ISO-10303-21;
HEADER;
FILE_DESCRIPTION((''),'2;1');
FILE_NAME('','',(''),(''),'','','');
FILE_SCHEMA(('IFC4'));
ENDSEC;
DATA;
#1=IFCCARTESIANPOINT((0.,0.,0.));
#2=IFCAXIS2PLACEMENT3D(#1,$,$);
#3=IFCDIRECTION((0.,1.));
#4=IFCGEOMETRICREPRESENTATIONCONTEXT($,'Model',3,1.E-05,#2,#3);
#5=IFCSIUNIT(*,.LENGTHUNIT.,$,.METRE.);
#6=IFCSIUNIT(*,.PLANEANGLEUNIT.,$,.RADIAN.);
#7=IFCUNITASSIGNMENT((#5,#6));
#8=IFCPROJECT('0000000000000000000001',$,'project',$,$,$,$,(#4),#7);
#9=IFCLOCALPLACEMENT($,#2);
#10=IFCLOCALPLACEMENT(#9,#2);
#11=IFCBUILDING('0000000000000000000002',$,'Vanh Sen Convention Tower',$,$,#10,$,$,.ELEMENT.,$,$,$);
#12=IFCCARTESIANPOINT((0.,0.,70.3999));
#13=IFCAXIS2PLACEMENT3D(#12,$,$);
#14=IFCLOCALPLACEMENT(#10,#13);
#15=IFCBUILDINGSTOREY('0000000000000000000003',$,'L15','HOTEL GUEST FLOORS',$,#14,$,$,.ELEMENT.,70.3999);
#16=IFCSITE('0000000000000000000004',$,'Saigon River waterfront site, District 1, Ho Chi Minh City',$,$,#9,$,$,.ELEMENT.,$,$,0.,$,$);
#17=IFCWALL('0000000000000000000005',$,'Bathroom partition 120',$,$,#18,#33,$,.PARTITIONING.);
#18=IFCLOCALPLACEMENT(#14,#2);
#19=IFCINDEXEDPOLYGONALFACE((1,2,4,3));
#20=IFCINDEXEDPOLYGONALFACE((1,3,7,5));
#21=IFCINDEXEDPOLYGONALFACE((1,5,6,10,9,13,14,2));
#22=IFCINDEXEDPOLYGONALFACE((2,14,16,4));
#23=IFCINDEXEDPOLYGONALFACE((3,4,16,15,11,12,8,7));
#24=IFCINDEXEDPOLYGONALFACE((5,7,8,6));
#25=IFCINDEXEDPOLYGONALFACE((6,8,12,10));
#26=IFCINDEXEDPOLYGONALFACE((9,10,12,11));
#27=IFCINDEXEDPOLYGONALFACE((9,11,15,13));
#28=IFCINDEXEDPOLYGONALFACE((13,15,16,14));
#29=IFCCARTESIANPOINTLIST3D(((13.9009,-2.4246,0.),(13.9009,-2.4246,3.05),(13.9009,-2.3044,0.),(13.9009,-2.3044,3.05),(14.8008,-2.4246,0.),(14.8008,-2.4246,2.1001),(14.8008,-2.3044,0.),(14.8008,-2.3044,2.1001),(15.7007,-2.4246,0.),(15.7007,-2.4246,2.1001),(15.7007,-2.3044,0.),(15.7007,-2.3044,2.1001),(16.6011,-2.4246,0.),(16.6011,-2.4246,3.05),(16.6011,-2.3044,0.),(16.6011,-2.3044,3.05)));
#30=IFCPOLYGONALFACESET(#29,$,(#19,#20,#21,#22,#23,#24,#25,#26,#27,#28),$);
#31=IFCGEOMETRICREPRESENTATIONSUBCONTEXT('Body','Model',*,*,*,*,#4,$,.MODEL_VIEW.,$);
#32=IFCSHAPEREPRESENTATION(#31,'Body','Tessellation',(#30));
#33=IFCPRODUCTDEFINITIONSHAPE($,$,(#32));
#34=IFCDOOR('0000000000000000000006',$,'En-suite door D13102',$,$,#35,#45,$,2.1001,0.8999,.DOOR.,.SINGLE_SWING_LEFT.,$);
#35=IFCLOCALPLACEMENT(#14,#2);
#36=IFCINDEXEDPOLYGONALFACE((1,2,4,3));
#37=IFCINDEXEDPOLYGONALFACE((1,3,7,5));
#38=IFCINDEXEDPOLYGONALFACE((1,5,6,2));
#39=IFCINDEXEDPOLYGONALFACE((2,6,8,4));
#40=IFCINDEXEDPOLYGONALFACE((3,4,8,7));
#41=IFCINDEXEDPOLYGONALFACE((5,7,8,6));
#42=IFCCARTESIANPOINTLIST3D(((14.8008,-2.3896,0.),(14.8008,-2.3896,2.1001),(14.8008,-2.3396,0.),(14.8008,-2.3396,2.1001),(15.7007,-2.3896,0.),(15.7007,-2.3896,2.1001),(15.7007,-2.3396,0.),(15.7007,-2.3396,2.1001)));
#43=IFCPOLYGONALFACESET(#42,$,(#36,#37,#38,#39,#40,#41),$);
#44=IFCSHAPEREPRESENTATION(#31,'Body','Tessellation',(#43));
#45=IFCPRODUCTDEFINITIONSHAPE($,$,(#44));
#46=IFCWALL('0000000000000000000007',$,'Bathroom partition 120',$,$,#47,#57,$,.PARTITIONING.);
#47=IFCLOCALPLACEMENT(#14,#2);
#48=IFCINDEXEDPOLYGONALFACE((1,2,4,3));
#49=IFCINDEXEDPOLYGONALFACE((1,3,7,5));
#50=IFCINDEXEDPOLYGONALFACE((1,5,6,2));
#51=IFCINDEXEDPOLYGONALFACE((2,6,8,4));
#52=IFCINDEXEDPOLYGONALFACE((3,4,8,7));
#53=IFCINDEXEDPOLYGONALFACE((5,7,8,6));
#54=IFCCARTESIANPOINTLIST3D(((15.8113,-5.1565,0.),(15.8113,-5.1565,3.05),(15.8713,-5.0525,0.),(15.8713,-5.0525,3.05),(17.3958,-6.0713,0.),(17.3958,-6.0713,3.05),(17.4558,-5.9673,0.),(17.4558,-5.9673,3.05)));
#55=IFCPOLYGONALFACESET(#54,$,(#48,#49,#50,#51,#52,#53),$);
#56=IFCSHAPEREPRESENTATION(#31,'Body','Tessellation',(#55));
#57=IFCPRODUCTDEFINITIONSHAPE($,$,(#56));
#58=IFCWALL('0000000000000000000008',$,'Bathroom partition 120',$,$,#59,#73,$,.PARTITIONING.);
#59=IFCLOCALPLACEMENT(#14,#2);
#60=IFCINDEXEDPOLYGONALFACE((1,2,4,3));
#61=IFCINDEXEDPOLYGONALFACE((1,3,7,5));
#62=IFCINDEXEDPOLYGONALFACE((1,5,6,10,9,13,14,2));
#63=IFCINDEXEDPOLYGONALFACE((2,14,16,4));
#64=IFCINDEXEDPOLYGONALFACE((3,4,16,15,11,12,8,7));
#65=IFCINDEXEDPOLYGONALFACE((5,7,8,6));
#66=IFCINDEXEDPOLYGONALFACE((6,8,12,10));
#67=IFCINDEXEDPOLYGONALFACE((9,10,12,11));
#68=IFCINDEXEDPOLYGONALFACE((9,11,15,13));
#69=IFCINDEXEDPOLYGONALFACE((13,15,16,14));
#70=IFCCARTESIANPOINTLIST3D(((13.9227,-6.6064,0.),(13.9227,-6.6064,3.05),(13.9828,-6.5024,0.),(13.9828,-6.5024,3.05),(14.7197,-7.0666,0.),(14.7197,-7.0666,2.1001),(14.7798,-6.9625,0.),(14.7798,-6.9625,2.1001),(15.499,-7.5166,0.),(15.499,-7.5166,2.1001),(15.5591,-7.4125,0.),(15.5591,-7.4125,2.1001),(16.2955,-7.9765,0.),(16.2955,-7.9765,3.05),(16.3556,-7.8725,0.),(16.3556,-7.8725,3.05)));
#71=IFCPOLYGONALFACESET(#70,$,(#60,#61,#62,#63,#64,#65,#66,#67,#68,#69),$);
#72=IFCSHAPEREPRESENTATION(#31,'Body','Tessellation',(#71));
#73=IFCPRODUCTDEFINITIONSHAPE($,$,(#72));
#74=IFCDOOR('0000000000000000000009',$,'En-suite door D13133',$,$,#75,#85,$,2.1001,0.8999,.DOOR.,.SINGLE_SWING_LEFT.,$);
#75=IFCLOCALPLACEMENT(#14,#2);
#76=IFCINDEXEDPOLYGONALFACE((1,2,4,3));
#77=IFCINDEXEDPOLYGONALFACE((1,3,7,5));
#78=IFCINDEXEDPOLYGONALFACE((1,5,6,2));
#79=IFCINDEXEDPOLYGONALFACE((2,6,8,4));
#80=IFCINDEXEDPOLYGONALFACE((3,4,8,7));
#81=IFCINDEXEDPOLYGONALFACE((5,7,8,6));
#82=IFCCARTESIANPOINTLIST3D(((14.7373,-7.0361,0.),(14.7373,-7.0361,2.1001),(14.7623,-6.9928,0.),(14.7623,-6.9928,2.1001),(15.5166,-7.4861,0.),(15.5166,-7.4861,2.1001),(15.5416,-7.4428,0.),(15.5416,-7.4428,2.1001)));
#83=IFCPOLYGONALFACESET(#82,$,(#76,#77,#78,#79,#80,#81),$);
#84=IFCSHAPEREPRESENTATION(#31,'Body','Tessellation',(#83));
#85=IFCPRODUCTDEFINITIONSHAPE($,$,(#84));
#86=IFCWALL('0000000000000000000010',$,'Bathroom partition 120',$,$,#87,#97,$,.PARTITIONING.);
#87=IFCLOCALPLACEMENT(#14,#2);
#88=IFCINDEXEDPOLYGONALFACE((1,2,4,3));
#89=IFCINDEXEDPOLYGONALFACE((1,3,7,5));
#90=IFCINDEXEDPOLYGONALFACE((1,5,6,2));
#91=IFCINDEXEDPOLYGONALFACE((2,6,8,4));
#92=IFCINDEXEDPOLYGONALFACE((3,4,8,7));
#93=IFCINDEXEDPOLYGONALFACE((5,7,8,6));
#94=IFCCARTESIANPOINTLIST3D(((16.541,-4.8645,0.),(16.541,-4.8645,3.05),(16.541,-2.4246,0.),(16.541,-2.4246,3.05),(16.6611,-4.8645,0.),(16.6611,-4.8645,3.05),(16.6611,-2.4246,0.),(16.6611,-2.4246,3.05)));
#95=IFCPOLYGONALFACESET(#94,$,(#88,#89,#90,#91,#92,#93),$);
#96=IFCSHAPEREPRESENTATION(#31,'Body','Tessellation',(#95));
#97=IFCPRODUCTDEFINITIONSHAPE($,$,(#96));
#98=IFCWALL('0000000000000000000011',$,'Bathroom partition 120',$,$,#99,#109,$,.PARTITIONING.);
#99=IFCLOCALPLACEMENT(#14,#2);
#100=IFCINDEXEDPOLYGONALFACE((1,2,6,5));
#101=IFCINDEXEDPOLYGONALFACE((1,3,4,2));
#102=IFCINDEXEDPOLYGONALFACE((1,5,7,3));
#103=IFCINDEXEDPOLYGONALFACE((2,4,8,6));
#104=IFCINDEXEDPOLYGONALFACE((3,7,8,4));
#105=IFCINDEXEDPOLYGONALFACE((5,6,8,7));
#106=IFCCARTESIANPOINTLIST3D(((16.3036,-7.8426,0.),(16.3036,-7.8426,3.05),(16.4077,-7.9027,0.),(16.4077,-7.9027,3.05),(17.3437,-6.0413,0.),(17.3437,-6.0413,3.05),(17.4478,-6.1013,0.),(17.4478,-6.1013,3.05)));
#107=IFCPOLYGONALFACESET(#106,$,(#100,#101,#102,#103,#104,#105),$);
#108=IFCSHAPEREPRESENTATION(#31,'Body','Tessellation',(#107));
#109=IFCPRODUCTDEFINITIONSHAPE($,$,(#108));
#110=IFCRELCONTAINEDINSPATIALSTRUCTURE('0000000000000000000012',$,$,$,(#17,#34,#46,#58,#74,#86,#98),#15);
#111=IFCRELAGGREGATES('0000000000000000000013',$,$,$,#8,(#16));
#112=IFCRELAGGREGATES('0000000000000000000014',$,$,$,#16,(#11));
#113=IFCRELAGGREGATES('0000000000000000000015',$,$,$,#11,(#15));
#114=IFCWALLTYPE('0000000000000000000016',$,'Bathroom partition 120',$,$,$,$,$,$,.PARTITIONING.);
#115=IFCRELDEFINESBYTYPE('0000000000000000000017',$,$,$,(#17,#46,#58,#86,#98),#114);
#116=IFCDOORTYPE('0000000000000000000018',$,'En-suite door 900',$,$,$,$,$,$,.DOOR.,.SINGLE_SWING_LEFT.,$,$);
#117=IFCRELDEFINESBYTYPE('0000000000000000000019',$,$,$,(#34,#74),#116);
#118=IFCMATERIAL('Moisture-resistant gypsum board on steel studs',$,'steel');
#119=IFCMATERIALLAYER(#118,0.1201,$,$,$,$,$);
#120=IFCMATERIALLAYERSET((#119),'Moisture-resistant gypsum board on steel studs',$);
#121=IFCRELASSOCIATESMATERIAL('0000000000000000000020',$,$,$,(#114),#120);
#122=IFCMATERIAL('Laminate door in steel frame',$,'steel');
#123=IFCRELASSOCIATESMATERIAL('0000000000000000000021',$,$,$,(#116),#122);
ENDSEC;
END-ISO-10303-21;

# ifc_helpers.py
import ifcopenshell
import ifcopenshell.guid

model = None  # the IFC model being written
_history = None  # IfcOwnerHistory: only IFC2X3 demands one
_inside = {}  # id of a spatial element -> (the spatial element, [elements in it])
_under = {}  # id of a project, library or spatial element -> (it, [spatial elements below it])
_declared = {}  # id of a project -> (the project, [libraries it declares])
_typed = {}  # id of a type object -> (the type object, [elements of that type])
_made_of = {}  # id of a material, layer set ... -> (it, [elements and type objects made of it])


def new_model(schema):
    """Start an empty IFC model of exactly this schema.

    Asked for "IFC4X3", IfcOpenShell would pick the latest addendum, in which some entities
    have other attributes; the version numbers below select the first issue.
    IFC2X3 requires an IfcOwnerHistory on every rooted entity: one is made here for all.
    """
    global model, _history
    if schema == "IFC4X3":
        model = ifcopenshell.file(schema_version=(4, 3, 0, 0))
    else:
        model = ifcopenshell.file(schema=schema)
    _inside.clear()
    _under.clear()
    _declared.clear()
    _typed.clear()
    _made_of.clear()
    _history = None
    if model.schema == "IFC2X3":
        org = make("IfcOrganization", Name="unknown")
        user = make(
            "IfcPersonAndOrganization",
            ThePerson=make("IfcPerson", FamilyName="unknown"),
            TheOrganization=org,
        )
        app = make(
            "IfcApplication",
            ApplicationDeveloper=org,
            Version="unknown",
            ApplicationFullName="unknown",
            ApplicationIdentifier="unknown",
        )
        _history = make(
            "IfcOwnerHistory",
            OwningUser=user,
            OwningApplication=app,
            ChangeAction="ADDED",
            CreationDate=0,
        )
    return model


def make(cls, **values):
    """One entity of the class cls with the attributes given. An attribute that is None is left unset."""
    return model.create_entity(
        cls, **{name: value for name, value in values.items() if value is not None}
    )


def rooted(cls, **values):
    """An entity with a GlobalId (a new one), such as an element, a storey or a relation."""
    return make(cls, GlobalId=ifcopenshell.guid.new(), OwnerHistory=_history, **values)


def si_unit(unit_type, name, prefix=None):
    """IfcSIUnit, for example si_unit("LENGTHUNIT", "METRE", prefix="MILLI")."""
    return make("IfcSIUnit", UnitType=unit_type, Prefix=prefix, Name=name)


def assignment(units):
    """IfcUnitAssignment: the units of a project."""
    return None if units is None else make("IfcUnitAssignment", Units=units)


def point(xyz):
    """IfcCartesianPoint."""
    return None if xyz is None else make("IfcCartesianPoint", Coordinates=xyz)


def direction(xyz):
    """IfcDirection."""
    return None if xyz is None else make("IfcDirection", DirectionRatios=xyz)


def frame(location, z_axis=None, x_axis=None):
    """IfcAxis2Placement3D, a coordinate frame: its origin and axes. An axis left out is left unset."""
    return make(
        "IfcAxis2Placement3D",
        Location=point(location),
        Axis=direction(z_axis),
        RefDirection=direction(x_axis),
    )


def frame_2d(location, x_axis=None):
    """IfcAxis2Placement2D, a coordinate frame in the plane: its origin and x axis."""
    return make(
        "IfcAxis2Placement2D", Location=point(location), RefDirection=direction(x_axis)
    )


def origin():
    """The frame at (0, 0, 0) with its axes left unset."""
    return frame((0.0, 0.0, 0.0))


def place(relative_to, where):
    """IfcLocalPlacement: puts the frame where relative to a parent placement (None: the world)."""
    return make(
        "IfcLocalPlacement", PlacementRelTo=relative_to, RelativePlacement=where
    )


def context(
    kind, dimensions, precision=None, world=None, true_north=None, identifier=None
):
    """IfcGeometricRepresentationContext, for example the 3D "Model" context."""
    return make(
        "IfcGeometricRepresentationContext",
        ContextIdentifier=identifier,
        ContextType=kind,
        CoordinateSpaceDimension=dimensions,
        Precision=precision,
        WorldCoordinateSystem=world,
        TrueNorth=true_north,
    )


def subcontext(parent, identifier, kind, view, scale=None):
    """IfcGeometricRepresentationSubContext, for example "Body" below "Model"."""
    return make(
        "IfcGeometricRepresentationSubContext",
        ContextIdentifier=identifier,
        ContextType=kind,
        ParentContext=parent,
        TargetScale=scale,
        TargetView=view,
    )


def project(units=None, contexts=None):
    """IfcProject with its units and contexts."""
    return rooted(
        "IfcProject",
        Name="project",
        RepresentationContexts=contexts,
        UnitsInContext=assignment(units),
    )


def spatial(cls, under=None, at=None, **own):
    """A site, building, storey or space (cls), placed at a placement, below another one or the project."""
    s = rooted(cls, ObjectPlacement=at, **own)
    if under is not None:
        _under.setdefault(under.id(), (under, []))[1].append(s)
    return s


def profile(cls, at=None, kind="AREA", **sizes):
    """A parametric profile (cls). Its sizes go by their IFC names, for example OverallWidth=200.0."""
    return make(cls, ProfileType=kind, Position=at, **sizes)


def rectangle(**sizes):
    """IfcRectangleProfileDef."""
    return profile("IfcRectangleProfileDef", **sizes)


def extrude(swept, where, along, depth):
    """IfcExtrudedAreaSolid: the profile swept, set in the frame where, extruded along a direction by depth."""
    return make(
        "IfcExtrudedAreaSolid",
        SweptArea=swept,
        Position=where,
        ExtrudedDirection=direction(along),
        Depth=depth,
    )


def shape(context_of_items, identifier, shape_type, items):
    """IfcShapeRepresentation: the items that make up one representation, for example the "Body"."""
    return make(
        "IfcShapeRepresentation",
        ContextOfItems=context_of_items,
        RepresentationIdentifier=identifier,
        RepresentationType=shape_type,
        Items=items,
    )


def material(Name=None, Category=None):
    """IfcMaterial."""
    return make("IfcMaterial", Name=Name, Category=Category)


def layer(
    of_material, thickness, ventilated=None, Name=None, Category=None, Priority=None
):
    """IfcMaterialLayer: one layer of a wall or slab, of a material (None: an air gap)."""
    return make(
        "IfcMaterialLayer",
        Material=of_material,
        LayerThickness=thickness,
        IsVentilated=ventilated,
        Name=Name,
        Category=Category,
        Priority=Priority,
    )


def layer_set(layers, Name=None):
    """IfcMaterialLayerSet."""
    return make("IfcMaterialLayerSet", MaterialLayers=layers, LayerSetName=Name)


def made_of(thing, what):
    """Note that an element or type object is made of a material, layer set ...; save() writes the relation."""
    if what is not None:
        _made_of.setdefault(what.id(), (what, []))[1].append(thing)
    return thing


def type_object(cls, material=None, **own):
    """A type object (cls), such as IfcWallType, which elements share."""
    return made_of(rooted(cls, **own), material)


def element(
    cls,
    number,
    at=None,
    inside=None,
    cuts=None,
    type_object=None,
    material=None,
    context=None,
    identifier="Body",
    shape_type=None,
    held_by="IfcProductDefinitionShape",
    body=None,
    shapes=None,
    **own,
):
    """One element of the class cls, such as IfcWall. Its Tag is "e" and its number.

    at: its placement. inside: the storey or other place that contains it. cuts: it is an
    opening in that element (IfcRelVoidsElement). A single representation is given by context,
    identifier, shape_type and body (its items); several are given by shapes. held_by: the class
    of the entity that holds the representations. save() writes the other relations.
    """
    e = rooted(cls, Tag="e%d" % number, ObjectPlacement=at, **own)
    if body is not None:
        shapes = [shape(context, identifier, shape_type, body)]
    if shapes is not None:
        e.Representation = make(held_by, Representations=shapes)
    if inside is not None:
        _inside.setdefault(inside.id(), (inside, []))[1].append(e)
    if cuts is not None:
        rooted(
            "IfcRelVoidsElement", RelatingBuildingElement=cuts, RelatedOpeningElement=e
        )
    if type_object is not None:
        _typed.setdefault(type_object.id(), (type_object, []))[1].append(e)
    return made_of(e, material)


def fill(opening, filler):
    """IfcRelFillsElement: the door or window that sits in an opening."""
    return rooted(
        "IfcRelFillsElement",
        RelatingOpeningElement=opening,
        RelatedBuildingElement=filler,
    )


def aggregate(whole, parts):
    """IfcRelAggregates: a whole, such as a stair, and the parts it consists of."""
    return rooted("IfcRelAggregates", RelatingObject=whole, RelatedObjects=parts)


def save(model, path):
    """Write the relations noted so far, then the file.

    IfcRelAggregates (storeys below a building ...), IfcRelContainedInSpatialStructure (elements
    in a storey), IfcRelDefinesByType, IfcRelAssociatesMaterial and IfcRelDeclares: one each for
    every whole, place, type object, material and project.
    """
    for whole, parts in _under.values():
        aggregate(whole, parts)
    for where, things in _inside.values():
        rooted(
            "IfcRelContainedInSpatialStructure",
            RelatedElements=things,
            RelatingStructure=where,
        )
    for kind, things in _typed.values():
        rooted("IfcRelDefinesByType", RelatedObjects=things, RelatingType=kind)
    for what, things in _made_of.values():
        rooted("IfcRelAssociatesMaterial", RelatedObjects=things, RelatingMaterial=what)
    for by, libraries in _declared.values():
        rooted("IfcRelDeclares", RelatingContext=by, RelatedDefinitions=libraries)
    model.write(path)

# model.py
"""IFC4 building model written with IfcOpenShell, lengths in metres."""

from ifc_helpers import new_model, si_unit, direction, frame, frame_2d, origin, place, context, subcontext, project, spatial, rectangle, extrude, material, layer, layer_set, type_object, element, fill, save


model = new_model("IFC4")

# Units and contexts
model_context = context("Model", 3, precision=1e-05, world=origin(), true_north=direction((0.0, 1.0)))
body_context = subcontext(model_context, "Body", "Model", "MODEL_VIEW")
ifc_project = project(units=[si_unit("LENGTHUNIT", "METRE"), si_unit("PLANEANGLEUNIT", "RADIAN")], contexts=[model_context])

# Site, building, storey
site_placement = place(None, origin())
site = spatial("IfcSite", under=ifc_project, at=site_placement, Name="Saigon River waterfront site, District 1, Ho Chi Minh City", CompositionType="ELEMENT", RefElevation=0.0)
building_placement = place(site_placement, origin())
building = spatial("IfcBuilding", under=site, at=building_placement, Name="Vanh Sen Convention Tower", CompositionType="ELEMENT")
storey_placement = place(building_placement, frame((0.0, 0.0, 70.3999)))
storey = spatial("IfcBuildingStorey", under=building, at=storey_placement, Name="L15", Description="HOTEL GUEST FLOORS", CompositionType="ELEMENT", Elevation=70.3999)

# Wall, opening, door
ifc_material_1 = material(Name="Moisture-resistant gypsum board on steel studs", Category="steel")
ifc_layer_1 = layer(ifc_material_1, 0.1201)
ifc_layer_set_1 = layer_set([ifc_layer_1], Name="Moisture-resistant gypsum board on steel studs")
wall_type_1 = type_object("IfcWallType", Name="Bathroom partition 120", PredefinedType="PARTITIONING", material=ifc_layer_set_1)
wall_1_placement = place(storey_placement, frame((13.9009, -2.3645, 0.0), z_axis=(0.0, 0.0, 1.0), x_axis=(1.0, 0.0, 0.0)))
wall_1 = element("IfcWall", 1, at=wall_1_placement, inside=storey, type_object=wall_type_1, Name="Bathroom partition 120", PredefinedType="PARTITIONING", context=body_context, shape_type="SweptSolid", body=[
    extrude(rectangle(XDim=2.7002, YDim=0.1201, at=frame_2d((1.3501, 0.0))), origin(), (0.0, 0.0, 1.0), 3.05),
])
opening_1_placement = place(wall_1_placement, frame((0.8999, 0.0, 0.0)))
opening_1 = element("IfcOpeningElement", 2, at=opening_1_placement, cuts=wall_1, PredefinedType="OPENING", context=body_context, shape_type="SweptSolid", body=[
    extrude(rectangle(XDim=0.8999, YDim=2.1001, at=frame_2d((0.45, 1.05))), frame((0.0, 0.0701, 0.0), z_axis=(0.0, -1.0, 0.0), x_axis=(1.0, 0.0, 0.0)), (0.0, 0.0, 1.0), 0.1401),
])
ifc_material_2 = material(Name="Laminate door in steel frame", Category="steel")
door_type = type_object("IfcDoorType", Name="En-suite door 900", OperationType="SINGLE_SWING_LEFT", PredefinedType="DOOR", material=ifc_material_2)
door_1_placement = place(opening_1_placement, origin())
door_1 = element("IfcDoor", 3, at=door_1_placement, inside=storey, type_object=door_type, Name="En-suite door D13102", OperationType="SINGLE_SWING_LEFT", OverallHeight=2.1001, OverallWidth=0.8999, PredefinedType="DOOR", context=body_context, shape_type="SweptSolid", body=[
    extrude(rectangle(XDim=0.8999, YDim=2.1001, at=frame_2d((0.45, 1.05))), frame((0.0, 0.0249, 0.0), z_axis=(0.0, -1.0, 0.0), x_axis=(1.0, 0.0, 0.0)), (0.0, 0.0, 1.0), 0.05),
])
fill(opening_1, door_1)

# Wall
wall_2_placement = place(storey_placement, frame((15.8413, -5.1045, 0.0), z_axis=(0.0, 0.0, 1.0), x_axis=(0.866026, -0.5, 0.0)))
element("IfcWall", 4, at=wall_2_placement, inside=storey, type_object=wall_type_1, Name="Bathroom partition 120", PredefinedType="PARTITIONING", context=body_context, shape_type="SweptSolid", body=[
    extrude(rectangle(XDim=1.8296, YDim=0.1201, at=frame_2d((0.9148, 0.0))), origin(), (0.0, 0.0, 1.0), 3.05),
])

# Wall, opening, door
wall_3_placement = place(storey_placement, frame((16.3257, -7.9246, 0.0), z_axis=(0.0, 0.0, 1.0), x_axis=(-0.865997, 0.500049, 0.0)))
wall_3 = element("IfcWall", 5, at=wall_3_placement, inside=storey, type_object=wall_type_1, Name="Bathroom partition 120", PredefinedType="PARTITIONING", context=body_context, shape_type="SweptSolid", body=[
    extrude(rectangle(XDim=2.74, YDim=0.1201, at=frame_2d((1.3701, 0.0))), origin(), (0.0, 0.0, 1.0), 3.05),
])
opening_2_placement = place(wall_3_placement, frame((0.9199, 0.0, 0.0)))
opening_2 = element("IfcOpeningElement", 6, at=opening_2_placement, cuts=wall_3, PredefinedType="OPENING", context=body_context, shape_type="SweptSolid", body=[
    extrude(rectangle(XDim=0.8999, YDim=2.1001, at=frame_2d((0.45, 1.05))), frame((0.0, 0.0701, 0.0), z_axis=(0.0, -1.0, 0.0), x_axis=(1.0, 0.0, 0.0)), (0.0, 0.0, 1.0), 0.1401),
])
door_2_placement = place(opening_2_placement, origin())
door_2 = element("IfcDoor", 7, at=door_2_placement, inside=storey, type_object=door_type, Name="En-suite door D13133", OperationType="SINGLE_SWING_LEFT", OverallHeight=2.1001, OverallWidth=0.8999, PredefinedType="DOOR", context=body_context, shape_type="SweptSolid", body=[
    extrude(rectangle(XDim=0.8999, YDim=2.1001, at=frame_2d((0.45, 1.05))), frame((0.0, 0.0249, 0.0), z_axis=(0.0, -1.0, 0.0), x_axis=(1.0, 0.0, 0.0)), (0.0, 0.0, 1.0), 0.05),
])
fill(opening_2, door_2)

# Walls
wall_4_placement = place(storey_placement, frame((16.6011, -2.4246, 0.0), z_axis=(0.0, 0.0, 1.0), x_axis=(0.0, -1.0, 0.0)))
element("IfcWall", 8, at=wall_4_placement, inside=storey, type_object=wall_type_1, Name="Bathroom partition 120", PredefinedType="PARTITIONING", context=body_context, shape_type="SweptSolid", body=[
    extrude(rectangle(XDim=2.4399, YDim=0.1201, at=frame_2d((1.22, 0.0))), origin(), (0.0, 0.0, 1.0), 3.05),
])
wall_5_placement = place(storey_placement, frame((17.3958, -6.0713, 0.0), z_axis=(0.0, 0.0, 1.0), x_axis=(-0.500027, -0.86601, 0.0)))
element("IfcWall", 9, at=wall_5_placement, inside=storey, type_object=wall_type_1, Name="Bathroom partition 120", PredefinedType="PARTITIONING", context=body_context, shape_type="SweptSolid", body=[
    extrude(rectangle(XDim=2.0801, YDim=0.1201, at=frame_2d((1.04, 0.0))), origin(), (0.0, 0.0, 1.0), 3.05),
])

save(model, "model.ifc")
